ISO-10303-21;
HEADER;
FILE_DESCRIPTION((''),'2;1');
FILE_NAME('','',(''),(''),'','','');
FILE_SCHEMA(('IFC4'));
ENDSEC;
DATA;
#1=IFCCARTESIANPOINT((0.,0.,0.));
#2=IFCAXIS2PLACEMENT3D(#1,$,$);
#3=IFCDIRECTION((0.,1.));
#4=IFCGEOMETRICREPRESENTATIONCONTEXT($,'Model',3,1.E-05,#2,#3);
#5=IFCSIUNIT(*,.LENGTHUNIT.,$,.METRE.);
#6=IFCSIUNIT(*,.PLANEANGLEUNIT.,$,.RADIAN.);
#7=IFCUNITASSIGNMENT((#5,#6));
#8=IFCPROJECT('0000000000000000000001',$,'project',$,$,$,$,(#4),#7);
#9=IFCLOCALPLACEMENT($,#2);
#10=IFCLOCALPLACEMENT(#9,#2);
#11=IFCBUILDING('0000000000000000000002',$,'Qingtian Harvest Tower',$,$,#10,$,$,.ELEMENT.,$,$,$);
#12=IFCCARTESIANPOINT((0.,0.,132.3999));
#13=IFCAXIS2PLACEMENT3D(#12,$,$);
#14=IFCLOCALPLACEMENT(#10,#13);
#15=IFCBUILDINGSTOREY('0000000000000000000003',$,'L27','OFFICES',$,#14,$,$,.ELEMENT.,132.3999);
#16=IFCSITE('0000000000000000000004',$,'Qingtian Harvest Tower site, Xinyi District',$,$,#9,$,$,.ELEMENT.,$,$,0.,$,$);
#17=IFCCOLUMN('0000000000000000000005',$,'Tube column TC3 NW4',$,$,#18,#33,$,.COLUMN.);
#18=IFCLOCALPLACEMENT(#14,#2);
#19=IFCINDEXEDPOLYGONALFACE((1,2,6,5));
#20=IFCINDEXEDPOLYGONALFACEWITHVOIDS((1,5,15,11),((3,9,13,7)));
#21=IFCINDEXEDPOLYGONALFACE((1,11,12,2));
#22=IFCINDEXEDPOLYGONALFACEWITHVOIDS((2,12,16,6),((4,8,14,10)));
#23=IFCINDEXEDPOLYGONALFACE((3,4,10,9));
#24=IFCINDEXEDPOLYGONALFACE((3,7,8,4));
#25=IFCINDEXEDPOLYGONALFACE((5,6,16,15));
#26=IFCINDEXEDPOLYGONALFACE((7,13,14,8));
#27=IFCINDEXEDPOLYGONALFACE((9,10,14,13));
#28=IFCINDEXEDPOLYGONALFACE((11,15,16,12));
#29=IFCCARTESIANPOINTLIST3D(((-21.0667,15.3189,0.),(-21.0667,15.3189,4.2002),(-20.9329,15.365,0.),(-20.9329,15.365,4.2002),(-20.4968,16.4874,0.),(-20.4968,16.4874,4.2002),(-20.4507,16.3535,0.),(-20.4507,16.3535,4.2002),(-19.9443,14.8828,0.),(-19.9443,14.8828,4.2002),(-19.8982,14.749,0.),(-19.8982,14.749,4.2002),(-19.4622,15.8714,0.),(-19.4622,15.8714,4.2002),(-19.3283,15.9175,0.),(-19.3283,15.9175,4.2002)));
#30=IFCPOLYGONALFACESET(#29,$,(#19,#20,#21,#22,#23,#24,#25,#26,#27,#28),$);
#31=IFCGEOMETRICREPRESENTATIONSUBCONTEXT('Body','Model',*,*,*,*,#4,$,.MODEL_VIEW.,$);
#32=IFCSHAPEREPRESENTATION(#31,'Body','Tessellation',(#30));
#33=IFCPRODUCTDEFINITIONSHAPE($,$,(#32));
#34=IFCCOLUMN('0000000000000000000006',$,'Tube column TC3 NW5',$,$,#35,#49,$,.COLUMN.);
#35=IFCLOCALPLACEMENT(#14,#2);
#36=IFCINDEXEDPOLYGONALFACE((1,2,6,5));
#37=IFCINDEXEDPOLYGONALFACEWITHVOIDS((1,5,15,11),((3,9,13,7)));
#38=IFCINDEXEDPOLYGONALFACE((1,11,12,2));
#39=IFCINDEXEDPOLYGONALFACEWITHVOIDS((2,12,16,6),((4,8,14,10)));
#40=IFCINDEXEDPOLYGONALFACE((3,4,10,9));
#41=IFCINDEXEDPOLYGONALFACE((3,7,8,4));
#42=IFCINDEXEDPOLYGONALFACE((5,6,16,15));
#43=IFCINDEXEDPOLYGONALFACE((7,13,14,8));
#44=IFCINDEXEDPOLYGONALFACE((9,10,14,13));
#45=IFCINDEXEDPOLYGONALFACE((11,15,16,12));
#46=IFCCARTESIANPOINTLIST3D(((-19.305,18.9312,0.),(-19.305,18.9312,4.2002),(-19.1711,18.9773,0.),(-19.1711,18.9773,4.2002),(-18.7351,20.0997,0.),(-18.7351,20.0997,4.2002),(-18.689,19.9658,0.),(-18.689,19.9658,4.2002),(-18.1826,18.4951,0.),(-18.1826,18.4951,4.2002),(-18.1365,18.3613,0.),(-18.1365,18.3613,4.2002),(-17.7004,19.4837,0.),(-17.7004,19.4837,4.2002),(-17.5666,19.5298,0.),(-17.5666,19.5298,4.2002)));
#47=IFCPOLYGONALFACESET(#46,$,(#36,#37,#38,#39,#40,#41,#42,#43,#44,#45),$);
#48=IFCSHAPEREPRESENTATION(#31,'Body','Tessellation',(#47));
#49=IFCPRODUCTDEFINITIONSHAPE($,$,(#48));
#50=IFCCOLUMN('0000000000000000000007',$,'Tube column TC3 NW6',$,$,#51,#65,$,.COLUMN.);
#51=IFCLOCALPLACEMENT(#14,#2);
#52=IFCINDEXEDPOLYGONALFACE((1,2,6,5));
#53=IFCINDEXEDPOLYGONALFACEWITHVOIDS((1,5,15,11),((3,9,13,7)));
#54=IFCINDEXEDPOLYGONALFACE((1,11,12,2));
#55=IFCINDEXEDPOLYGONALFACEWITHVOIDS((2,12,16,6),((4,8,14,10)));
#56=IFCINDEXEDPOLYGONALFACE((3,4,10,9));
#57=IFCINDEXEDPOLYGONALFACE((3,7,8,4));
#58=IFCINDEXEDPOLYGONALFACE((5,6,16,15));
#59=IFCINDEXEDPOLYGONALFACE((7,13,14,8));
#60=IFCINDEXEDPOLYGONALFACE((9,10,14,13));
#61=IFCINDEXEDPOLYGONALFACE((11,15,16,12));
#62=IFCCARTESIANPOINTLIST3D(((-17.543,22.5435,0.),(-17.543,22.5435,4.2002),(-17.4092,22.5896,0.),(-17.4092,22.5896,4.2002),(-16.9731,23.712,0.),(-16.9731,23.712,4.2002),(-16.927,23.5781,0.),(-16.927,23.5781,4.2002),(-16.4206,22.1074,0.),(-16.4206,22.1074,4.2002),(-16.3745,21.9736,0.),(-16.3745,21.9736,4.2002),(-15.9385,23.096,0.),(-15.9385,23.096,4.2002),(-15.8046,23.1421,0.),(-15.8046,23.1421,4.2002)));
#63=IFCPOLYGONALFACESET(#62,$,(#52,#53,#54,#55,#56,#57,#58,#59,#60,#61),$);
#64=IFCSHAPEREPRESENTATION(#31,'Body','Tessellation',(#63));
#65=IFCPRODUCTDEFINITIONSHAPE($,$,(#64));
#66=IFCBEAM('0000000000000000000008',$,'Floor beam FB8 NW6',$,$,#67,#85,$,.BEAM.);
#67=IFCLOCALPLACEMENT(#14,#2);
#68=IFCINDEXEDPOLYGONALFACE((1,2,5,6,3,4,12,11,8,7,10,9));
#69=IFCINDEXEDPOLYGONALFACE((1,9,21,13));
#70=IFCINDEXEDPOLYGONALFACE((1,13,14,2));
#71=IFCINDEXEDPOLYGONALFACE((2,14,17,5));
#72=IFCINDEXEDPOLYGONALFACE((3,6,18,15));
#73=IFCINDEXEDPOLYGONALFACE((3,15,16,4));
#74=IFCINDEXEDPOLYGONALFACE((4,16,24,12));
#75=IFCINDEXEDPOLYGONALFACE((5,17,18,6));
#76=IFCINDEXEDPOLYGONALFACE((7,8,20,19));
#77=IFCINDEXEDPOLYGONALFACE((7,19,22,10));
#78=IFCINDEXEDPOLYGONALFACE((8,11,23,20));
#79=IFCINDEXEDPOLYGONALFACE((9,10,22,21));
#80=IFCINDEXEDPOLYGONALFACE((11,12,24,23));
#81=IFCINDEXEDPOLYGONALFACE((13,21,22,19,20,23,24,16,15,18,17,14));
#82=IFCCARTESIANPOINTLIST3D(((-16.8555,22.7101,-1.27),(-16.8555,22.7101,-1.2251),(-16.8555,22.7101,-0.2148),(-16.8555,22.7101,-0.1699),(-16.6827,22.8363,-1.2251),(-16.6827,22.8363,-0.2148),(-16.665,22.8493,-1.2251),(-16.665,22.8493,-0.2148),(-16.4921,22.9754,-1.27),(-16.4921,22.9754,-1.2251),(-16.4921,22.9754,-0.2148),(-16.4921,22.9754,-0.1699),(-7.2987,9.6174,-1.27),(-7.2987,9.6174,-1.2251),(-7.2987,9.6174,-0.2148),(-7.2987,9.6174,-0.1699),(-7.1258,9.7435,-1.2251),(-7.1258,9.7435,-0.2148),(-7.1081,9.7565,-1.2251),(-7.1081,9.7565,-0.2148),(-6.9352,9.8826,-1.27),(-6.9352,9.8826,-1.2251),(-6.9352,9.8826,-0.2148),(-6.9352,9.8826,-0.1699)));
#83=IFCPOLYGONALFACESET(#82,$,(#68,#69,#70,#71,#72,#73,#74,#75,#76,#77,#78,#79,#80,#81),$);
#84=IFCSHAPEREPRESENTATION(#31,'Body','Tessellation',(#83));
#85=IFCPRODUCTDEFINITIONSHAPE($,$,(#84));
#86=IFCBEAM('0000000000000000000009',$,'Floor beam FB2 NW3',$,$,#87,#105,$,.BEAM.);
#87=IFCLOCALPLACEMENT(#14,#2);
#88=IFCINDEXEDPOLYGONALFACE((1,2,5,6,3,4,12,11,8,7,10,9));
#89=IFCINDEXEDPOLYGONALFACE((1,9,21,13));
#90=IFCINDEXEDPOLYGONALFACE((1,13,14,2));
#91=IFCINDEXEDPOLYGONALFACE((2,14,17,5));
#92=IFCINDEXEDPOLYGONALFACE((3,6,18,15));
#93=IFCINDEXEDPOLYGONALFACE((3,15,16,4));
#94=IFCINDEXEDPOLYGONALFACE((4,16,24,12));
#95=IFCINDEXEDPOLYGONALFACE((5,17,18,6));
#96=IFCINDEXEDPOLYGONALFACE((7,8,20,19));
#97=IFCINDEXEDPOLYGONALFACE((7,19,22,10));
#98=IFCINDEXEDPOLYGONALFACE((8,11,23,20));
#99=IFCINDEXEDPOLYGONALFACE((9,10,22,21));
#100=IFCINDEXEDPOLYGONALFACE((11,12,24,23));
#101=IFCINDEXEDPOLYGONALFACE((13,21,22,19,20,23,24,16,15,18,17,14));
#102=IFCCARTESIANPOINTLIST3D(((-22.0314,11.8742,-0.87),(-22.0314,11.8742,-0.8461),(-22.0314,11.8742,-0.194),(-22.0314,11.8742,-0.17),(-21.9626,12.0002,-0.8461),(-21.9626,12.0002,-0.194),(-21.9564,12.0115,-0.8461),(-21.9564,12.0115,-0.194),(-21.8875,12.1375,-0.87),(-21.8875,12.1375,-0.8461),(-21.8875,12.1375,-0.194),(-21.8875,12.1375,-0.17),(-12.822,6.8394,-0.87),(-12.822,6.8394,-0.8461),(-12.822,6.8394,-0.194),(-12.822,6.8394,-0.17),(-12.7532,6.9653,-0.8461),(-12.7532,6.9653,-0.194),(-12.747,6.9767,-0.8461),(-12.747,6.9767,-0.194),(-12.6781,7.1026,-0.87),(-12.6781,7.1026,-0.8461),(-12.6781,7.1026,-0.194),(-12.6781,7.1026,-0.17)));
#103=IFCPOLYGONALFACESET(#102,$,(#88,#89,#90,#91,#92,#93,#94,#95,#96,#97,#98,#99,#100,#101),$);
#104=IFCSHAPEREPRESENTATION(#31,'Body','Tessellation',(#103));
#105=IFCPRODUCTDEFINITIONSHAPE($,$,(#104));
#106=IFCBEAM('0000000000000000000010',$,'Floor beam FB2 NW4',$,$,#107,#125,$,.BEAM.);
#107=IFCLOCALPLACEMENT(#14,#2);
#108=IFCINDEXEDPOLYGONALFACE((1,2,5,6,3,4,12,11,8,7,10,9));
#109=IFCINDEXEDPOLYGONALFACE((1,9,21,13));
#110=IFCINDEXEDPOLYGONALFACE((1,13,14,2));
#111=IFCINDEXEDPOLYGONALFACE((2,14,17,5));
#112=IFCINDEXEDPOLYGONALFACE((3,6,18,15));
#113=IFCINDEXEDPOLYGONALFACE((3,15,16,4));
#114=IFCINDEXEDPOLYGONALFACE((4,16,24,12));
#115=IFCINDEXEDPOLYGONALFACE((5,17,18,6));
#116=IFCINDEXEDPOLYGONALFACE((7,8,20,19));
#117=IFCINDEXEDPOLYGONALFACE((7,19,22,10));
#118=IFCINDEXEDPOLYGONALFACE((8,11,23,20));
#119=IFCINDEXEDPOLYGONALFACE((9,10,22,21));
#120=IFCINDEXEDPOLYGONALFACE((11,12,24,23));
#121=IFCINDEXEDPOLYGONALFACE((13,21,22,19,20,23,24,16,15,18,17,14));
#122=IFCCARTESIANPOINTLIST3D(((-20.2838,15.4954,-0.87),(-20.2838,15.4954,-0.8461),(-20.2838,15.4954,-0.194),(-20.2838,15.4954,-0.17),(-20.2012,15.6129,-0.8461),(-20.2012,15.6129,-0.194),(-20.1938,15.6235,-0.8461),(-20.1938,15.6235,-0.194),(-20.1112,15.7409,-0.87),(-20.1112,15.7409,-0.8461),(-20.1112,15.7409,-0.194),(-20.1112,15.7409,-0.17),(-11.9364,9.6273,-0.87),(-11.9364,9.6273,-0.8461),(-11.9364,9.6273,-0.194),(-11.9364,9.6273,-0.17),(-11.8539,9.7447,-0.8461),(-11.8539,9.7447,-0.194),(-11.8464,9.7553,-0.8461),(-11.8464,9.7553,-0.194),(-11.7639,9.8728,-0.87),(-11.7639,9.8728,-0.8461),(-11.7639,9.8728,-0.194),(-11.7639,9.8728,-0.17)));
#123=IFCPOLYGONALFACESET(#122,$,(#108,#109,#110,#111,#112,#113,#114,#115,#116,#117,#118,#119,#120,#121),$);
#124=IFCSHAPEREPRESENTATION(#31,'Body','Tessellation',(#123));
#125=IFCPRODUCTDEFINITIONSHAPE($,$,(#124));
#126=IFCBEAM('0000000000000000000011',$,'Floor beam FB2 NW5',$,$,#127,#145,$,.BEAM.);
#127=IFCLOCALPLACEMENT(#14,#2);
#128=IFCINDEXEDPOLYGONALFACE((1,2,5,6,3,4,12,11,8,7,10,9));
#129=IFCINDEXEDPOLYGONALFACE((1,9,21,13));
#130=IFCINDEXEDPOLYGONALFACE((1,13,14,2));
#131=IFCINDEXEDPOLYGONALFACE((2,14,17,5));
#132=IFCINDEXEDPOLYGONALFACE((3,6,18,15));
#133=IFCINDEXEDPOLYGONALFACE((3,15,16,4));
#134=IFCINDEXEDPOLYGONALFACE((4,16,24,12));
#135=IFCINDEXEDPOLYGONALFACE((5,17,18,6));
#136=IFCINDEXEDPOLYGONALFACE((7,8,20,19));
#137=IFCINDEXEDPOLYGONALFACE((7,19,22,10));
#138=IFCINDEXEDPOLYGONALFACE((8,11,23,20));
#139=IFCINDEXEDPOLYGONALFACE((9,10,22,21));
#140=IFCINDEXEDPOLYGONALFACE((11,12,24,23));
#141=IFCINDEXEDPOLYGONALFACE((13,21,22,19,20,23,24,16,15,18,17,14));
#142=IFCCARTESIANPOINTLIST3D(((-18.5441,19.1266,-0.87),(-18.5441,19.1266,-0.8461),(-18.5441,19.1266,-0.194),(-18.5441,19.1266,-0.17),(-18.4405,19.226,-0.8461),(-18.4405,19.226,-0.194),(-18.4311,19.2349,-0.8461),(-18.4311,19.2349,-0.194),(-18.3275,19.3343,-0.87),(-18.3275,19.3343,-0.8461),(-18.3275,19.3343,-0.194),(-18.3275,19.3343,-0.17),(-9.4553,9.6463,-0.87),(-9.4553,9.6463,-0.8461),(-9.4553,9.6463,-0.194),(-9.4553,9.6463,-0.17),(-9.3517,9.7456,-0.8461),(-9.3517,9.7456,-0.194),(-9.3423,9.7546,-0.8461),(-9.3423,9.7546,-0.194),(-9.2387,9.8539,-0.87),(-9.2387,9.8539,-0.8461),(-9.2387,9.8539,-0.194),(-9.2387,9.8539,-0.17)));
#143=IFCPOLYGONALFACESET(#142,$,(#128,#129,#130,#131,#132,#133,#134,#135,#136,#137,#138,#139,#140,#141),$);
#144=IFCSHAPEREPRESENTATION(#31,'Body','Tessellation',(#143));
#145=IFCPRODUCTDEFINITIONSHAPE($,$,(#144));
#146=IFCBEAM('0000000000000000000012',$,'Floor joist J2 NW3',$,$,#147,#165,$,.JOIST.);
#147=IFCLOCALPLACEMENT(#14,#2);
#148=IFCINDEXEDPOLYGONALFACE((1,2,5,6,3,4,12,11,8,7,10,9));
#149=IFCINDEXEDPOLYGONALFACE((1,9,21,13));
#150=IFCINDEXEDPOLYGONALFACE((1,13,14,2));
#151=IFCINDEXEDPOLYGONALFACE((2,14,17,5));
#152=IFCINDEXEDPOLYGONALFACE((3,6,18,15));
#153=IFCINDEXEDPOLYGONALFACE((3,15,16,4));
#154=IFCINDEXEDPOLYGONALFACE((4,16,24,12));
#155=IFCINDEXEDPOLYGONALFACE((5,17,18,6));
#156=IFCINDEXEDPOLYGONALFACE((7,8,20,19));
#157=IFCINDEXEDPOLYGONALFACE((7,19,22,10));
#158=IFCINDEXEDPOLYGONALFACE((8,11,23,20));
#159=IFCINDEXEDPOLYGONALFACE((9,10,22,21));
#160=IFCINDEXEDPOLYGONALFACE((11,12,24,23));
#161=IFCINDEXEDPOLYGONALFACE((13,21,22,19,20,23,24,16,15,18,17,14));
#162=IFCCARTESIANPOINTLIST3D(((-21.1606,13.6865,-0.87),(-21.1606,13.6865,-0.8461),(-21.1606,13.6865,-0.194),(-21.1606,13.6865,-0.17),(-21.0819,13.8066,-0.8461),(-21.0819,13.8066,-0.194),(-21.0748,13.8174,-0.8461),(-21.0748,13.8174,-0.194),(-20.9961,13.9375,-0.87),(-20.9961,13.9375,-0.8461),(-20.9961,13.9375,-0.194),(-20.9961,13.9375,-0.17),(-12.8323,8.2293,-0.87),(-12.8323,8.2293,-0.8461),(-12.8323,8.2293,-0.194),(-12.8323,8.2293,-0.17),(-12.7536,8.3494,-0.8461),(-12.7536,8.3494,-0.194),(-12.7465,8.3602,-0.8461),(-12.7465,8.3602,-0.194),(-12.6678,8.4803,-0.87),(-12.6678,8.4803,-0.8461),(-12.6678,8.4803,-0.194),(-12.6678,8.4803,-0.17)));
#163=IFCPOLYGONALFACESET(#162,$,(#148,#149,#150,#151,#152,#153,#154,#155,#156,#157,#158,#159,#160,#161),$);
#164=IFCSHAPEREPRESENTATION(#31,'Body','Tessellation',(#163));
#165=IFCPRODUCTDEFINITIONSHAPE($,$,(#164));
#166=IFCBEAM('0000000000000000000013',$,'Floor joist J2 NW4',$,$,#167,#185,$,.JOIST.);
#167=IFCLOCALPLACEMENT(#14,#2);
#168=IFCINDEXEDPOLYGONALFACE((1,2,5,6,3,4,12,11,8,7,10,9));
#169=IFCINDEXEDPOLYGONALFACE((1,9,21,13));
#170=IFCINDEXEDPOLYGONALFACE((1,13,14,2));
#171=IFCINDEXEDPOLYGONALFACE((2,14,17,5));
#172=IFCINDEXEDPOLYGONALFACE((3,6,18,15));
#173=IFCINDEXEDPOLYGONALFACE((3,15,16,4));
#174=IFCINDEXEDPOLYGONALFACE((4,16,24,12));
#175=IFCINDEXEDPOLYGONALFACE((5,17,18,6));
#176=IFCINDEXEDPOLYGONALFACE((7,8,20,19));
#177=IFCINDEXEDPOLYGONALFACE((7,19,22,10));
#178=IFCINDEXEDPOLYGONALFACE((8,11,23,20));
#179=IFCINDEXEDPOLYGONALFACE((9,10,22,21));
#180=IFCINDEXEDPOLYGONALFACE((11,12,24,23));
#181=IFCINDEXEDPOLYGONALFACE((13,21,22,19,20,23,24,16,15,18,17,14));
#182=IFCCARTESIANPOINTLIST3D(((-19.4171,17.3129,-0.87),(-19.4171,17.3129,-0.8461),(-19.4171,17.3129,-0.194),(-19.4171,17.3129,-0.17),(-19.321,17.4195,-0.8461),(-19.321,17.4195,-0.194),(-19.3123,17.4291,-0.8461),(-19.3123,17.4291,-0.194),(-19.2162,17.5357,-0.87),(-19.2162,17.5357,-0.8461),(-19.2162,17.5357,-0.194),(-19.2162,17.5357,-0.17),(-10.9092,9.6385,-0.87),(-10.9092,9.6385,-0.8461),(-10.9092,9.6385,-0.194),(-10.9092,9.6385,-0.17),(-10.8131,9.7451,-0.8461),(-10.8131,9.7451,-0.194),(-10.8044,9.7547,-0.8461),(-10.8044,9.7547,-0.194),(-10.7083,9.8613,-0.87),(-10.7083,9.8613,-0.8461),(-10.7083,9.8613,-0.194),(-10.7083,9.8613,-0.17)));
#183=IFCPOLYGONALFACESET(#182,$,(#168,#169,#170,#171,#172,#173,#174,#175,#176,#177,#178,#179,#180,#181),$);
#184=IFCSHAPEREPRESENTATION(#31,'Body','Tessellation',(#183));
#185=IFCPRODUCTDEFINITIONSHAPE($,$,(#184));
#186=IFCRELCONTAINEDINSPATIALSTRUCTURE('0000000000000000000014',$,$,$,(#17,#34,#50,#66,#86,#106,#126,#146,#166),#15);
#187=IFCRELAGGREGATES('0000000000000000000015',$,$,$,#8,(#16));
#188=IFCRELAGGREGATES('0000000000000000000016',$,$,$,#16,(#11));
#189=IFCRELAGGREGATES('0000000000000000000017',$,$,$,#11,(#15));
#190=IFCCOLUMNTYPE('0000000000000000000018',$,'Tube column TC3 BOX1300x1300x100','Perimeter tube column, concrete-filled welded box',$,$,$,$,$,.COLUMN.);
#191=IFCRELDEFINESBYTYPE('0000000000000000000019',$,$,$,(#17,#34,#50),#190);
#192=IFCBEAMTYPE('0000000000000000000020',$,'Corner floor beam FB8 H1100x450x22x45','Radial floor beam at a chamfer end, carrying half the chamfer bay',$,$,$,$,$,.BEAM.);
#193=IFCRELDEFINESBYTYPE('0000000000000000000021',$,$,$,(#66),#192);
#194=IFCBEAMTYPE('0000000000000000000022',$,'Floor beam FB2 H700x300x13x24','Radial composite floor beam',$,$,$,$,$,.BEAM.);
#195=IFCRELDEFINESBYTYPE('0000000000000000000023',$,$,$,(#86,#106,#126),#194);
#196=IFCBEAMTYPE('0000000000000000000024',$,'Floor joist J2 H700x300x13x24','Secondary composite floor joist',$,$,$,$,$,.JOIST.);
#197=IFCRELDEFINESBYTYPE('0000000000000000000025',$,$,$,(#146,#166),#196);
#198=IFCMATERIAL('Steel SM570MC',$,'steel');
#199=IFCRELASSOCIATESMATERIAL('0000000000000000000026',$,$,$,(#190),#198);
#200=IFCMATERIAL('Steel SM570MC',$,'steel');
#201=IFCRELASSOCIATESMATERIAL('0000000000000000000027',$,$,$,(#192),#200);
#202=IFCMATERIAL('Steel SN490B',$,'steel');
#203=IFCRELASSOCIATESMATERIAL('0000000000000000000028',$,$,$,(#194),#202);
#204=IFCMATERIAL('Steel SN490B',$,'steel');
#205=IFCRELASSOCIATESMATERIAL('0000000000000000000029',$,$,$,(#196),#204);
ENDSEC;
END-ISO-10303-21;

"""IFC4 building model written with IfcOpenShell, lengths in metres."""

from ifc_helpers import new_model, si_unit, direction, frame, origin, origin_2d, place, context, subcontext, project, spatial, hollow_rectangle, i_section, extrude, material, material_profile, profile_set, type_object, element, save


model = new_model("IFC4")

# Units and contexts
model_context = context("Model", 3, precision=1e-05, world=origin(), true_north=direction((0.0, 1.0)))
body_context = subcontext(model_context, "Body", "Model", "MODEL_VIEW")
ifc_project = project(units=[si_unit("LENGTHUNIT", "METRE"), si_unit("PLANEANGLEUNIT", "RADIAN")], contexts=[model_context])

# Site, building, storey
site_placement = place(None, origin())
site = spatial("IfcSite", under=ifc_project, at=site_placement, Name="Qingtian Harvest Tower site, Xinyi District", CompositionType="ELEMENT", RefElevation=0.0)
building_placement = place(site_placement, origin())
building = spatial("IfcBuilding", under=site, at=building_placement, Name="Qingtian Harvest Tower", CompositionType="ELEMENT")
storey_placement = place(building_placement, frame((0.0, 0.0, 132.3999)))
storey = spatial("IfcBuildingStorey", under=building, at=storey_placement, Name="L27", Description="OFFICES", CompositionType="ELEMENT", Elevation=132.3999)

# Columns
ifc_material_1 = material(Name="Steel SM570MC", Category="steel")
ifc_material_profile_1 = material_profile(ifc_material_1, hollow_rectangle(XDim=1.3, YDim=1.3, WallThickness=0.1001, at=origin_2d()), Name="BOX1300x1300x100")
ifc_profile_set_1 = profile_set([ifc_material_profile_1], Name="Steel SM570MC")
column_type = type_object("IfcColumnType", Name="Tube column TC3 BOX1300x1300x100", Description="Perimeter tube column, concrete-filled welded box", PredefinedType="COLUMN", material=ifc_profile_set_1)
for number, where, z_axis, x_axis, name in (
    (1, (-20.1975, 15.6182, 0.0), (0.0, 0.0, 1.0), (-0.438371, -0.898794, 0.0), "Tube column TC3 NW4"),
    (2, (-18.4358, 19.2305, 0.0), (0.0, 0.0, 1.0), (-0.438371, -0.898794, 0.0), "Tube column TC3 NW5"),
    (3, (-16.6738, 22.8428, 0.0), (0.0, 0.0, 1.0), (-0.438371, -0.898794, 0.0), "Tube column TC3 NW6"),
):
    element("IfcColumn", number, at=place(storey_placement, frame(where, z_axis=z_axis, x_axis=x_axis)), inside=storey, type_object=column_type, Name=name, PredefinedType="COLUMN", context=body_context, shape_type="SweptSolid", body=[
        extrude(hollow_rectangle(XDim=1.3, YDim=1.3, WallThickness=0.1001, at=origin_2d()), origin(), (0.0, 0.0, 1.0), 4.2002),
    ])

# Beams
ifc_material_2 = material(Name="Steel SM570MC", Category="steel")
ifc_material_profile_2 = material_profile(ifc_material_2, i_section(OverallWidth=0.45, OverallDepth=1.1001, WebThickness=0.022, FlangeThickness=0.0449, at=origin_2d()), Name="H1100x450x22x45")
ifc_profile_set_2 = profile_set([ifc_material_profile_2], Name="Steel SM570MC")
beam_type_1 = type_object("IfcBeamType", Name="Corner floor beam FB8 H1100x450x22x45", Description="Radial floor beam at a chamfer end, carrying half the chamfer bay", PredefinedType="BEAM", material=ifc_profile_set_2)
beam_1_placement = place(storey_placement, frame((-16.6738, 22.8428, -0.72), z_axis=(0.589578, -0.807712, 0.0), x_axis=(0.807712, 0.589578, 0.0)))
element("IfcBeam", 4, at=beam_1_placement, inside=storey, type_object=beam_type_1, Name="Floor beam FB8 NW6", PredefinedType="BEAM", context=body_context, shape_type="SweptSolid", body=[
    extrude(i_section(OverallWidth=0.45, OverallDepth=1.1001, WebThickness=0.022, FlangeThickness=0.0449, at=origin_2d()), origin(), (0.0, 0.0, 1.0), 16.2097),
])
ifc_material_3 = material(Name="Steel SN490B", Category="steel")
ifc_material_profile_3 = material_profile(ifc_material_3, i_section(OverallWidth=0.3, OverallDepth=0.7, WebThickness=0.0129, FlangeThickness=0.0239, at=origin_2d()), Name="H700x300x13x24")
ifc_profile_set_3 = profile_set([ifc_material_profile_3], Name="Steel SN490B")
beam_type_2 = type_object("IfcBeamType", Name="Floor beam FB2 H700x300x13x24", Description="Radial composite floor beam", PredefinedType="BEAM", material=ifc_profile_set_3)
beam_2_placement = place(storey_placement, frame((-21.9595, 12.0059, -0.52), z_axis=(0.877432, -0.479701, 0.0), x_axis=(0.479701, 0.877432, 0.0)))
element("IfcBeam", 5, at=beam_2_placement, inside=storey, type_object=beam_type_2, Name="Floor beam FB2 NW3", PredefinedType="BEAM", context=body_context, shape_type="SweptSolid", body=[
    extrude(i_section(OverallWidth=0.3, OverallDepth=0.7, WebThickness=0.0129, FlangeThickness=0.0239, at=origin_2d()), origin(), (0.0, 0.0, 1.0), 10.4958),
])
beam_3_placement = place(storey_placement, frame((-20.1975, 15.6182, -0.52), z_axis=(0.81808, -0.575104, 0.0), x_axis=(0.575104, 0.81808, 0.0)))
element("IfcBeam", 6, at=beam_3_placement, inside=storey, type_object=beam_type_2, Name="Floor beam FB2 NW4", PredefinedType="BEAM", context=body_context, shape_type="SweptSolid", body=[
    extrude(i_section(OverallWidth=0.3, OverallDepth=0.7, WebThickness=0.0129, FlangeThickness=0.0239, at=origin_2d()), origin(), (0.0, 0.0, 1.0), 10.2036),
])
beam_4_placement = place(storey_placement, frame((-18.4358, 19.2305, -0.52), z_axis=(0.692041, -0.721858, 0.0), x_axis=(0.721858, 0.692041, 0.0)))
element("IfcBeam", 7, at=beam_4_placement, inside=storey, type_object=beam_type_2, Name="Floor beam FB2 NW5", PredefinedType="BEAM", context=body_context, shape_type="SweptSolid", body=[
    extrude(i_section(OverallWidth=0.3, OverallDepth=0.7, WebThickness=0.0129, FlangeThickness=0.0239, at=origin_2d()), origin(), (0.0, 0.0, 1.0), 13.1333),
])
ifc_material_4 = material(Name="Steel SN490B", Category="steel")
ifc_material_profile_4 = material_profile(ifc_material_4, i_section(OverallWidth=0.3, OverallDepth=0.7, WebThickness=0.0129, FlangeThickness=0.0239, at=origin_2d()), Name="H700x300x13x24")
ifc_profile_set_4 = profile_set([ifc_material_profile_4], Name="Steel SN490B")
beam_type_3 = type_object("IfcBeamType", Name="Floor joist J2 H700x300x13x24", Description="Secondary composite floor joist", PredefinedType="JOIST", material=ifc_profile_set_4)
beam_5_placement = place(storey_placement, frame((-21.0784, 13.812, -0.52), z_axis=(0.836426, -0.548079, 0.0), x_axis=(0.548079, 0.836426, 0.0)))
element("IfcBeam", 8, at=beam_5_placement, inside=storey, type_object=beam_type_3, Name="Floor joist J2 NW3", PredefinedType="JOIST", context=body_context, shape_type="SweptSolid", body=[
    extrude(i_section(OverallWidth=0.3, OverallDepth=0.7, WebThickness=0.0129, FlangeThickness=0.0239, at=origin_2d()), origin(), (0.0, 0.0, 1.0), 9.957),
])
beam_6_placement = place(storey_placement, frame((-19.3167, 17.4243, -0.52), z_axis=(0.742544, -0.669798, 0.0), x_axis=(0.669798, 0.742544, 0.0)))
element("IfcBeam", 9, at=beam_6_placement, inside=storey, type_object=beam_type_3, Name="Floor joist J2 NW4", PredefinedType="JOIST", context=body_context, shape_type="SweptSolid", body=[
    extrude(i_section(OverallWidth=0.3, OverallDepth=0.7, WebThickness=0.0129, FlangeThickness=0.0239, at=origin_2d()), origin(), (0.0, 0.0, 1.0), 11.4578),
])

save(model, "model.ifc")
